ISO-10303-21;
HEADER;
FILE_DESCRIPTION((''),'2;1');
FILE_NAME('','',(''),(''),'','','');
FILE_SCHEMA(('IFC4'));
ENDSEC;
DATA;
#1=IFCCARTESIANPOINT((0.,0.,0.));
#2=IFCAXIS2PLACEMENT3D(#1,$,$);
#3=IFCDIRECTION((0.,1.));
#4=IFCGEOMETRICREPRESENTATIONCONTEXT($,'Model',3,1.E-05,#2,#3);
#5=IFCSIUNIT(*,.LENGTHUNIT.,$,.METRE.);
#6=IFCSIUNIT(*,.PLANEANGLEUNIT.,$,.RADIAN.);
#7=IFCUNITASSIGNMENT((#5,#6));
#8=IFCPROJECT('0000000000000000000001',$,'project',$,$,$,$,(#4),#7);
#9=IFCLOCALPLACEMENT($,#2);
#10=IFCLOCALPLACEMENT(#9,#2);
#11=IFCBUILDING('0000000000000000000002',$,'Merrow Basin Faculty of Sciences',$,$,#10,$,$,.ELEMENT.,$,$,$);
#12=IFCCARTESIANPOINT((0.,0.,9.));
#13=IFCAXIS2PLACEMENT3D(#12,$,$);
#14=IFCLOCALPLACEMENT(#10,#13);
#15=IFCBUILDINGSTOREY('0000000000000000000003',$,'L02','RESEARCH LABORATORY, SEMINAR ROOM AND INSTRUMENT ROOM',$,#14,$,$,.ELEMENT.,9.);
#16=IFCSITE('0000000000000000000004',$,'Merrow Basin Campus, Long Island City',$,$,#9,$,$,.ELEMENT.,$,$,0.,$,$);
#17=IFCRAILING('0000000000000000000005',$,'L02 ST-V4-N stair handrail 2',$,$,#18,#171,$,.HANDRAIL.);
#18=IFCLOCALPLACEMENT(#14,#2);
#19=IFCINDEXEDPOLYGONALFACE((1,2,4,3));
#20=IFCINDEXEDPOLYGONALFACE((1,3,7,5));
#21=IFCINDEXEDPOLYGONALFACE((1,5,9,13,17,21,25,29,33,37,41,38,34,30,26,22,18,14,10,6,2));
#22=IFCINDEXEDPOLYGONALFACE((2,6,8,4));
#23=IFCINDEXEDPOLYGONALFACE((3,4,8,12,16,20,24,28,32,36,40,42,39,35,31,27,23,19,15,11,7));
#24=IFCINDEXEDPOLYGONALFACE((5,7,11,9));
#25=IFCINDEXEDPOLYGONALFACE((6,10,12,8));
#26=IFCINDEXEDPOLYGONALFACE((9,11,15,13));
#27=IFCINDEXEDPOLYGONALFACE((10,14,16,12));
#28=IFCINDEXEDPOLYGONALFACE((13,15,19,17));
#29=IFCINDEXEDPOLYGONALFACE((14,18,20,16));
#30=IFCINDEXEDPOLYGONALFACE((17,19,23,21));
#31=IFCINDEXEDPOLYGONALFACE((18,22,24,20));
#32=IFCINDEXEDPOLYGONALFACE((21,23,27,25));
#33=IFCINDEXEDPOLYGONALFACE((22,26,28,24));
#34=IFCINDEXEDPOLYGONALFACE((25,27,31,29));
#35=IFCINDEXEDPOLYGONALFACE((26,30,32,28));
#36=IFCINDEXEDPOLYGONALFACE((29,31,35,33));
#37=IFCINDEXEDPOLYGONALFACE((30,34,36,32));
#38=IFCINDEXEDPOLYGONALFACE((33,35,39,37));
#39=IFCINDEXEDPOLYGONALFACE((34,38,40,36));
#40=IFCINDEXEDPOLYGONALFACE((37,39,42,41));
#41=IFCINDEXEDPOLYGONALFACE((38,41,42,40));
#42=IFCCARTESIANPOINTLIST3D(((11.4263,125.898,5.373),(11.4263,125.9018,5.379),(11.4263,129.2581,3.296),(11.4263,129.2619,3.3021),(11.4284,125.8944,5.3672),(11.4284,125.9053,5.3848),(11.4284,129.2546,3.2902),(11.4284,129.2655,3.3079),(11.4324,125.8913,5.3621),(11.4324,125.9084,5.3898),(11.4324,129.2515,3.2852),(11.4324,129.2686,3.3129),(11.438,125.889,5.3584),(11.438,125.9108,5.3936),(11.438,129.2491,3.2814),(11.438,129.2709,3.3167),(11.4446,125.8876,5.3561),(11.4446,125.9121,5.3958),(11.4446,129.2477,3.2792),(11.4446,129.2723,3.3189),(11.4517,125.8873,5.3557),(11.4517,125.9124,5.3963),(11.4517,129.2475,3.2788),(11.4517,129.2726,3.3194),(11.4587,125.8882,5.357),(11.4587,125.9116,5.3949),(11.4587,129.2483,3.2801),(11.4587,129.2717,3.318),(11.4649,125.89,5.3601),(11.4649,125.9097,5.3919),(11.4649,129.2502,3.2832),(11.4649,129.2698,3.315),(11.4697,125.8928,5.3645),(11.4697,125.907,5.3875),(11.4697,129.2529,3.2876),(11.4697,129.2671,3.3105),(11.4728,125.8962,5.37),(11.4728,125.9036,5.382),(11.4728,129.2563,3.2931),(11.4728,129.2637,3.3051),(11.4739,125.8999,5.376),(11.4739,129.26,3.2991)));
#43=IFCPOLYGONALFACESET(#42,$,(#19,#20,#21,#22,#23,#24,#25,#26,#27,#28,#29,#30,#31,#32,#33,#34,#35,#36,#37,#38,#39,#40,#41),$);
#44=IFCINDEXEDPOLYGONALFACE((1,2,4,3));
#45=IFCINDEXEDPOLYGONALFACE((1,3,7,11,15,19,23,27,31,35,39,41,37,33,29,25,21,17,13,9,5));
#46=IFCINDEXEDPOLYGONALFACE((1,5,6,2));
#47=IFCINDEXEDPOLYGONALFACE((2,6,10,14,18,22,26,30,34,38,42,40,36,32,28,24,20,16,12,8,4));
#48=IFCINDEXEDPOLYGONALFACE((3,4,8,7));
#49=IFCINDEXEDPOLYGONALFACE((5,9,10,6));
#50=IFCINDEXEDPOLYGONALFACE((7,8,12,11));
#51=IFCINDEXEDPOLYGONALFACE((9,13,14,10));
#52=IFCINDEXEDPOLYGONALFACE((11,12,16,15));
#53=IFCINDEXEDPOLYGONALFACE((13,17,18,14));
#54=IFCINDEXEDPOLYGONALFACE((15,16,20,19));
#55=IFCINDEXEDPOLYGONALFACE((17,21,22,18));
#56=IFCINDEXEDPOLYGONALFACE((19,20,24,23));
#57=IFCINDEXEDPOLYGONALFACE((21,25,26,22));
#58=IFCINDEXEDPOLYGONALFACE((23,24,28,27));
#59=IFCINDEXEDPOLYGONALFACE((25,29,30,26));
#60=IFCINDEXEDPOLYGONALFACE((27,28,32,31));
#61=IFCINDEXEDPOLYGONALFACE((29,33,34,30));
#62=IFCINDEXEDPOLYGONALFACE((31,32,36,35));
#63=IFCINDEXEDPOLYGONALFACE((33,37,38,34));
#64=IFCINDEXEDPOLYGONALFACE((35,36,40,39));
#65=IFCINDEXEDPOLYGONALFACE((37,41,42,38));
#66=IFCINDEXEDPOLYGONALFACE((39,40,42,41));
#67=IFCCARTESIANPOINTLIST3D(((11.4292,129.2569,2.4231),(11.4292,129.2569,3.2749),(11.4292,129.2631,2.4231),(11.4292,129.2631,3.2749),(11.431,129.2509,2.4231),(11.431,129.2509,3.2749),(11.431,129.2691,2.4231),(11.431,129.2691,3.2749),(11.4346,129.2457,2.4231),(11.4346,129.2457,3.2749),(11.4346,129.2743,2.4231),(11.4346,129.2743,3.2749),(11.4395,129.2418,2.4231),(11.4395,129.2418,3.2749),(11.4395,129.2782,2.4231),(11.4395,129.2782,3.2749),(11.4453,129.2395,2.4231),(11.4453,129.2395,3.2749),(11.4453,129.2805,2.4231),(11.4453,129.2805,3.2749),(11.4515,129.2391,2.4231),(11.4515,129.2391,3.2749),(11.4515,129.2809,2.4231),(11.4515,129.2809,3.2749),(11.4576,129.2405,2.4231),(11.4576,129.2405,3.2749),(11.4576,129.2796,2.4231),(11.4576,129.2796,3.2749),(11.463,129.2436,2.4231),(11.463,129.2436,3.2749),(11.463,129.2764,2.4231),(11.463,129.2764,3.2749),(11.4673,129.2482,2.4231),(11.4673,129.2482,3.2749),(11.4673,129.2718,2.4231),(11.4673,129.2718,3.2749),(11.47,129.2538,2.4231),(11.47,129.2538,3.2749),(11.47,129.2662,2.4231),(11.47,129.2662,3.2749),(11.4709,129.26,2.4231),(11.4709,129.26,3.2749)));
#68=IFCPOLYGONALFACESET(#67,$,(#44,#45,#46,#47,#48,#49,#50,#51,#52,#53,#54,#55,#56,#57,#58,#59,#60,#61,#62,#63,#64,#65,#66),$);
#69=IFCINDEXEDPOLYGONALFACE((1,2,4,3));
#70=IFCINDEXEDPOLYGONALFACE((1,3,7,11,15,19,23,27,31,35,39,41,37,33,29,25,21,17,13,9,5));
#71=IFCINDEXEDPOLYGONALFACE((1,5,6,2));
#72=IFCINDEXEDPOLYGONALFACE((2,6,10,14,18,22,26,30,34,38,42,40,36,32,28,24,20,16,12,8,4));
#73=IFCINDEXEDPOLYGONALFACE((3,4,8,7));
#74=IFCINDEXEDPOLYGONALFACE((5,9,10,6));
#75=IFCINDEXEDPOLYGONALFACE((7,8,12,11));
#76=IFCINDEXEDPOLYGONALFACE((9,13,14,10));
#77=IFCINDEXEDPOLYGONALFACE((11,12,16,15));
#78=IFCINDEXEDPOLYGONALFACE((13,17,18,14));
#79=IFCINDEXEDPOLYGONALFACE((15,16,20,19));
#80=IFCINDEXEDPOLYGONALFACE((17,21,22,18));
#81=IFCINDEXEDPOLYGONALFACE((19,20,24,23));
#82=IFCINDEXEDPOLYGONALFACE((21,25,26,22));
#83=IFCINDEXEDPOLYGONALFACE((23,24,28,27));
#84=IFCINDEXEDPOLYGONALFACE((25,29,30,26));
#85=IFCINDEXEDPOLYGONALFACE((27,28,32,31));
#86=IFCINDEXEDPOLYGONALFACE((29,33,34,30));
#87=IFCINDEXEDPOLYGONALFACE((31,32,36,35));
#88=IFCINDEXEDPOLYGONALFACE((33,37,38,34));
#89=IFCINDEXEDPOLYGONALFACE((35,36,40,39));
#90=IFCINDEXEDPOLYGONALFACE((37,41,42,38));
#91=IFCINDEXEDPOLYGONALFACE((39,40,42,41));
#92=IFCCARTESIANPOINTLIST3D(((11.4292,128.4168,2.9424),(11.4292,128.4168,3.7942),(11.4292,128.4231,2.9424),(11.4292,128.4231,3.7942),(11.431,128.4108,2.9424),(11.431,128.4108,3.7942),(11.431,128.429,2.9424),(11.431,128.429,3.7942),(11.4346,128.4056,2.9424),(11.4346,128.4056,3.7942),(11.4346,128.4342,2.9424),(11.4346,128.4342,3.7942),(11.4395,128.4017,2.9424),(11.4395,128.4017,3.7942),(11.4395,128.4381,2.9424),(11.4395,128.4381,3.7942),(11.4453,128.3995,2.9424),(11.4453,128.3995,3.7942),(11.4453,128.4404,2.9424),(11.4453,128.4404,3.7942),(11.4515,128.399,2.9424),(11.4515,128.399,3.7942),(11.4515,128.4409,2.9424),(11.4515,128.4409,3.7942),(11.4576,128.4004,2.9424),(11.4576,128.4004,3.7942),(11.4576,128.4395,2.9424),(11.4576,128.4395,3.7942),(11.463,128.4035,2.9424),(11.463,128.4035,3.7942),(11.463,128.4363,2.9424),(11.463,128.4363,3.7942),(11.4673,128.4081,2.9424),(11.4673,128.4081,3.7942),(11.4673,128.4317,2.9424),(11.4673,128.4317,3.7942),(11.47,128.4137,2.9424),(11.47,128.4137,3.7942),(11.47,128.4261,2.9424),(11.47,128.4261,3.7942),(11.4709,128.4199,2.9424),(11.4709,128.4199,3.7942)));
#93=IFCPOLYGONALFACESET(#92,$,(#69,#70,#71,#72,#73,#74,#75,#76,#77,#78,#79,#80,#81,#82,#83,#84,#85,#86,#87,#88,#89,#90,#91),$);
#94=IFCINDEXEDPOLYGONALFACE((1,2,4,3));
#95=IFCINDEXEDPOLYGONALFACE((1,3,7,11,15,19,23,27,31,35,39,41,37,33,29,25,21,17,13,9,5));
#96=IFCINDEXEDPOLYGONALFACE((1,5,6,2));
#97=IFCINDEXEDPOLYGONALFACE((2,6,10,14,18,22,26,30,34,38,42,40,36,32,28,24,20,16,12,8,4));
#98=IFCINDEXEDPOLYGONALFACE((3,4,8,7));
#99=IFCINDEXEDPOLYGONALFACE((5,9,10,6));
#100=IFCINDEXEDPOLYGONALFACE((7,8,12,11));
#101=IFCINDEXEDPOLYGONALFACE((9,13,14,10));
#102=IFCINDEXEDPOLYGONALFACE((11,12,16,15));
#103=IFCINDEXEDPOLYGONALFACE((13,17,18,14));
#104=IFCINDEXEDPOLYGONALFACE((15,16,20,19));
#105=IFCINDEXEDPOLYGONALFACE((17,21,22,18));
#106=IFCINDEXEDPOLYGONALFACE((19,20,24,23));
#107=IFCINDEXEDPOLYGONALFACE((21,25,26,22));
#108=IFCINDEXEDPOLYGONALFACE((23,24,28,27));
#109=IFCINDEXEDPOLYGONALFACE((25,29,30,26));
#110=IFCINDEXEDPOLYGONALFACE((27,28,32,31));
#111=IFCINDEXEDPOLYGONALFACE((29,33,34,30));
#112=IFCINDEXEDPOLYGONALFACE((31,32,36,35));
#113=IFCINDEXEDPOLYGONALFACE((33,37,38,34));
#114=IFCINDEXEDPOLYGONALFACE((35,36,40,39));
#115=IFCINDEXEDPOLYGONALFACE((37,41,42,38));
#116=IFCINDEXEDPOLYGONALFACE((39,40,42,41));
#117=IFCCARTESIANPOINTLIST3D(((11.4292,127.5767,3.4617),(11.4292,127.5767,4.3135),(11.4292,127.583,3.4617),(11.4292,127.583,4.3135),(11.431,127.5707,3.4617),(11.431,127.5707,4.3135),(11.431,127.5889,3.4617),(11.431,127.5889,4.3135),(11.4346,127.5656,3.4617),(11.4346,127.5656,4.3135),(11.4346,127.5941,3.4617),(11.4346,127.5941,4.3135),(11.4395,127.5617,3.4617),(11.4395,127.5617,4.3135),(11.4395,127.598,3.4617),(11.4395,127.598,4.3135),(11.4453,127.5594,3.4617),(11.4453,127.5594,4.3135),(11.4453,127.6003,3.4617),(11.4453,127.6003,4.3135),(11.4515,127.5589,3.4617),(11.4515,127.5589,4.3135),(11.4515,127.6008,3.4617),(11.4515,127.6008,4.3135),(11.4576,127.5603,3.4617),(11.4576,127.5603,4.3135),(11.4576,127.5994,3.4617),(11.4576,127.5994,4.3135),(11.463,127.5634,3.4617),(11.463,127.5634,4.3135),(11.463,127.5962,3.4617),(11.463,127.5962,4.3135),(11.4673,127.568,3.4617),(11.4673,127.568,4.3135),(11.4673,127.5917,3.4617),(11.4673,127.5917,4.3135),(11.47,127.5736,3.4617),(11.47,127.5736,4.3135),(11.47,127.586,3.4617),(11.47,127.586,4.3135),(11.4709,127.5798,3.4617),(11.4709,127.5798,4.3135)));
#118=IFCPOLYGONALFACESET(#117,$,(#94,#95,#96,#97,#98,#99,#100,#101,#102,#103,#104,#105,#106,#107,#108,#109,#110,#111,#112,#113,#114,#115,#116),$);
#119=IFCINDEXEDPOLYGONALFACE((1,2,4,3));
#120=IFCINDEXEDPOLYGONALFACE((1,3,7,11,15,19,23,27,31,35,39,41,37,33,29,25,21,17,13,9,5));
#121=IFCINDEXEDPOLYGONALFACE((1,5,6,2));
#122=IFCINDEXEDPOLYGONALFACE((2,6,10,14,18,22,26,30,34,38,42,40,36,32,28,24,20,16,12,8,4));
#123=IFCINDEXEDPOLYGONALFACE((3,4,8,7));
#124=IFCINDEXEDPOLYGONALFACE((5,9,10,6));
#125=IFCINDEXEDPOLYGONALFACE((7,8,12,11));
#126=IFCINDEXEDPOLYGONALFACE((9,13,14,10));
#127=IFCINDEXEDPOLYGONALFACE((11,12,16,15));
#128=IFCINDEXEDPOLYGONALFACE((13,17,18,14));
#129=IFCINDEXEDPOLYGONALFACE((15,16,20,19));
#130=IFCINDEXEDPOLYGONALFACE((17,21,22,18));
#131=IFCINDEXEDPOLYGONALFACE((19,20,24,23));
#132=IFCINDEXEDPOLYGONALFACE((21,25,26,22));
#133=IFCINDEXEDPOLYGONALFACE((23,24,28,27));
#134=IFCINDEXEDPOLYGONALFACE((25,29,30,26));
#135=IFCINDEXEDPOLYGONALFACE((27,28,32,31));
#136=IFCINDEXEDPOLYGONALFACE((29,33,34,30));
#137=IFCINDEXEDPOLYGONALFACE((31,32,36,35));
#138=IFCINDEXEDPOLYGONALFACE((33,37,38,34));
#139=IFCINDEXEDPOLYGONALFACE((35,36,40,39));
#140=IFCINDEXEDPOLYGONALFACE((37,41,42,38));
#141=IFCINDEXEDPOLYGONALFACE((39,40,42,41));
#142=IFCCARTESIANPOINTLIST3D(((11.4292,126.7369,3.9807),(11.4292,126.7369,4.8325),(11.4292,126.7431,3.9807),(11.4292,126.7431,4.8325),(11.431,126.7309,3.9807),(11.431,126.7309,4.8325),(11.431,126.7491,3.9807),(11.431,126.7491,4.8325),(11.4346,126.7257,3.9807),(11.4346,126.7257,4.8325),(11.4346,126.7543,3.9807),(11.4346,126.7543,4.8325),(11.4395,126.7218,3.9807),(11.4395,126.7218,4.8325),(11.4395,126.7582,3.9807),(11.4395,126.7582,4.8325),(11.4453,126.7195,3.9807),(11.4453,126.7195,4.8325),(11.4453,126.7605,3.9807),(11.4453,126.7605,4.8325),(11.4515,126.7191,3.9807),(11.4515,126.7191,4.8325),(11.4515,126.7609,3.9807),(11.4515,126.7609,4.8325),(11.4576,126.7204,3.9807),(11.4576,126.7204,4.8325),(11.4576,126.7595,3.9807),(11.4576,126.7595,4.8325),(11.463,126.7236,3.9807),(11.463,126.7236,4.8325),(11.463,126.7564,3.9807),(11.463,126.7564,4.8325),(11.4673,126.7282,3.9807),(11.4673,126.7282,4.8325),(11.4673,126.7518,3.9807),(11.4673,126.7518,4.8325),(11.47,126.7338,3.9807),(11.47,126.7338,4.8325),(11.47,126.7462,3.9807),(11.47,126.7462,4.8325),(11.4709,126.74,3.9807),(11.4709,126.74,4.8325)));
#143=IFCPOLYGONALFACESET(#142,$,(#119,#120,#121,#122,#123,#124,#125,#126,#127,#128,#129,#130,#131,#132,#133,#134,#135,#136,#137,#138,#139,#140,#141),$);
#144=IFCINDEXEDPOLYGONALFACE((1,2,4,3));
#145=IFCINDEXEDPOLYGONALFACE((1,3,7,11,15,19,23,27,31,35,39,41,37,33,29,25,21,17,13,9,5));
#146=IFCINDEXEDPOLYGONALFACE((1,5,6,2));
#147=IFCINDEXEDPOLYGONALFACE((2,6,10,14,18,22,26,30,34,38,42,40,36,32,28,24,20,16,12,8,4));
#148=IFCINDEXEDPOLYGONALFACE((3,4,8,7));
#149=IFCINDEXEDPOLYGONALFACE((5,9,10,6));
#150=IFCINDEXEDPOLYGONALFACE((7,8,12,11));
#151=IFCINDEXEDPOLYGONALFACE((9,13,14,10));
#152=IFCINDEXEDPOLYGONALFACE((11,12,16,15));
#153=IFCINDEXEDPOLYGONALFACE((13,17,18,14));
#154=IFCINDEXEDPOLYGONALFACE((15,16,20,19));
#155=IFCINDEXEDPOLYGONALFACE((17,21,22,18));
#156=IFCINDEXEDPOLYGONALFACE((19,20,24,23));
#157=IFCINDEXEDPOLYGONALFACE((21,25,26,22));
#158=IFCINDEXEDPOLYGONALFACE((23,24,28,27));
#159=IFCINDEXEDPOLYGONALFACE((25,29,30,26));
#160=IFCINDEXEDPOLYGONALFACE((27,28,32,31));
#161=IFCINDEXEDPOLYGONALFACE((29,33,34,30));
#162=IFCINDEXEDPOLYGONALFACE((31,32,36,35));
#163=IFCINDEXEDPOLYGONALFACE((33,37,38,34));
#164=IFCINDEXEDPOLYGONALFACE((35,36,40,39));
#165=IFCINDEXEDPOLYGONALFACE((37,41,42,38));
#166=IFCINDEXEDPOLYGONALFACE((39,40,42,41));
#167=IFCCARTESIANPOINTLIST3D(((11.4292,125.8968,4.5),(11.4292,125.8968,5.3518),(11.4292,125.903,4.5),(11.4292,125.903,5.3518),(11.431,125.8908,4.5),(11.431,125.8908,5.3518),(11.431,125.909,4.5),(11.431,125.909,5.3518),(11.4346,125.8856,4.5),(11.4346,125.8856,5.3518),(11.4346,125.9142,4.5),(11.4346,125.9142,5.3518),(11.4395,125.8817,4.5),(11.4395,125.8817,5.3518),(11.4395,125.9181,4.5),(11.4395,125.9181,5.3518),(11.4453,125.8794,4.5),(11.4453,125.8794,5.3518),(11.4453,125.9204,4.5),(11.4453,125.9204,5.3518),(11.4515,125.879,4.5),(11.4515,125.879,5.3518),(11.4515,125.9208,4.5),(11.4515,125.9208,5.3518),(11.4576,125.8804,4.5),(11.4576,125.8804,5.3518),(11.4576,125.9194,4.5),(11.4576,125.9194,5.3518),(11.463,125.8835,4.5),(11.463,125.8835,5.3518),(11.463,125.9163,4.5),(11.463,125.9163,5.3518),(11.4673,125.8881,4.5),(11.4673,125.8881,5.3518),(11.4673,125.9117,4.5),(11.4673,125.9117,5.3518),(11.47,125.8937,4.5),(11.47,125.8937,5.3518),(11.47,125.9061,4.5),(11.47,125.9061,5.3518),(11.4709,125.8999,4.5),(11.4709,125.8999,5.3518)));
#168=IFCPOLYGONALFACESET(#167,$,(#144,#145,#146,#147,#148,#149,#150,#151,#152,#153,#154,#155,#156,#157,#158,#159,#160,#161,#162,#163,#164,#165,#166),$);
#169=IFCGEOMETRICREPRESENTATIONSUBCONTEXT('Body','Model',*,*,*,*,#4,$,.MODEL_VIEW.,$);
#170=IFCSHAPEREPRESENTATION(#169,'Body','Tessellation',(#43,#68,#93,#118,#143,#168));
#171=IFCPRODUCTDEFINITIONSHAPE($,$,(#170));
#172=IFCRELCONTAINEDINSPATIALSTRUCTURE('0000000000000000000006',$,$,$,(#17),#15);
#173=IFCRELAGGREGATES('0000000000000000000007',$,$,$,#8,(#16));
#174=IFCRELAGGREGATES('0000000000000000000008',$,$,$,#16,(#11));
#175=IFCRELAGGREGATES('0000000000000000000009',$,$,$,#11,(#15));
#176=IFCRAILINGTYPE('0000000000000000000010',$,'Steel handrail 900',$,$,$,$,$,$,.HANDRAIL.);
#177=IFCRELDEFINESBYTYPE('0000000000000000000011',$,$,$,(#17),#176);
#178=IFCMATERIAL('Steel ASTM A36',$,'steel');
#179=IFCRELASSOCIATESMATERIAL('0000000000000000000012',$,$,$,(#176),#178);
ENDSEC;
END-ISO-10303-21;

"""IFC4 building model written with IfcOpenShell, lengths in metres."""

from ifc_helpers import new_model, si_unit, direction, frame, origin, origin_2d, place, context, subcontext, project, spatial, circle, extrude, material, type_object, element, save


model = new_model("IFC4")

# Units and contexts
model_context = context("Model", 3, precision=1e-05, world=origin(), true_north=direction((0.0, 1.0)))
body_context = subcontext(model_context, "Body", "Model", "MODEL_VIEW")
ifc_project = project(units=[si_unit("LENGTHUNIT", "METRE"), si_unit("PLANEANGLEUNIT", "RADIAN")], contexts=[model_context])

# Site, building, storey
site_placement = place(None, origin())
site = spatial("IfcSite", under=ifc_project, at=site_placement, Name="Merrow Basin Campus, Long Island City", CompositionType="ELEMENT", RefElevation=0.0)
building_placement = place(site_placement, origin())
building = spatial("IfcBuilding", under=site, at=building_placement, Name="Merrow Basin Faculty of Sciences", CompositionType="ELEMENT")
storey_placement = place(building_placement, frame((0.0, 0.0, 9.0)))
storey = spatial("IfcBuildingStorey", under=building, at=storey_placement, Name="L02", Description="RESEARCH LABORATORY, SEMINAR ROOM AND INSTRUMENT ROOM", CompositionType="ELEMENT", Elevation=9.0)

# Railing
ifc_material_1 = material(Name="Steel ASTM A36", Category="steel")
railing_type_1 = type_object("IfcRailingType", Name="Steel handrail 900", PredefinedType="HANDRAIL", material=ifc_material_1)
railing_1_placement = place(storey_placement, frame((11.45, 129.26, 2.4231)))
element("IfcRailing", 1, at=railing_1_placement, inside=storey, type_object=railing_type_1, Name="L02 ST-V4-N stair handrail 2", PredefinedType="HANDRAIL", context=body_context, shape_type="SweptSolid", body=[
    extrude(circle(Radius=0.0239, at=origin_2d()), frame((0.0, 0.0, 0.876), z_axis=(0.0, -0.850623, 0.525776), x_axis=(1.0, 0.0, 0.0)), (0.0, 0.0, 1.0), 3.9502),
    extrude(circle(Radius=0.021, at=origin_2d()), origin(), (0.0, 0.0, 1.0), 0.8518),
    extrude(circle(Radius=0.021, at=origin_2d()), frame((0.0, -0.8401, 0.5193)), (0.0, 0.0, 1.0), 0.8518),
    extrude(circle(Radius=0.021, at=origin_2d()), frame((0.0, -1.6802, 1.0386)), (0.0, 0.0, 1.0), 0.8518),
    extrude(circle(Radius=0.021, at=origin_2d()), frame((0.0, -2.52, 1.5576)), (0.0, 0.0, 1.0), 0.8518),
    extrude(circle(Radius=0.021, at=origin_2d()), frame((0.0, -3.3601, 2.0769)), (0.0, 0.0, 1.0), 0.8518),
])

save(model, "model.ifc")
